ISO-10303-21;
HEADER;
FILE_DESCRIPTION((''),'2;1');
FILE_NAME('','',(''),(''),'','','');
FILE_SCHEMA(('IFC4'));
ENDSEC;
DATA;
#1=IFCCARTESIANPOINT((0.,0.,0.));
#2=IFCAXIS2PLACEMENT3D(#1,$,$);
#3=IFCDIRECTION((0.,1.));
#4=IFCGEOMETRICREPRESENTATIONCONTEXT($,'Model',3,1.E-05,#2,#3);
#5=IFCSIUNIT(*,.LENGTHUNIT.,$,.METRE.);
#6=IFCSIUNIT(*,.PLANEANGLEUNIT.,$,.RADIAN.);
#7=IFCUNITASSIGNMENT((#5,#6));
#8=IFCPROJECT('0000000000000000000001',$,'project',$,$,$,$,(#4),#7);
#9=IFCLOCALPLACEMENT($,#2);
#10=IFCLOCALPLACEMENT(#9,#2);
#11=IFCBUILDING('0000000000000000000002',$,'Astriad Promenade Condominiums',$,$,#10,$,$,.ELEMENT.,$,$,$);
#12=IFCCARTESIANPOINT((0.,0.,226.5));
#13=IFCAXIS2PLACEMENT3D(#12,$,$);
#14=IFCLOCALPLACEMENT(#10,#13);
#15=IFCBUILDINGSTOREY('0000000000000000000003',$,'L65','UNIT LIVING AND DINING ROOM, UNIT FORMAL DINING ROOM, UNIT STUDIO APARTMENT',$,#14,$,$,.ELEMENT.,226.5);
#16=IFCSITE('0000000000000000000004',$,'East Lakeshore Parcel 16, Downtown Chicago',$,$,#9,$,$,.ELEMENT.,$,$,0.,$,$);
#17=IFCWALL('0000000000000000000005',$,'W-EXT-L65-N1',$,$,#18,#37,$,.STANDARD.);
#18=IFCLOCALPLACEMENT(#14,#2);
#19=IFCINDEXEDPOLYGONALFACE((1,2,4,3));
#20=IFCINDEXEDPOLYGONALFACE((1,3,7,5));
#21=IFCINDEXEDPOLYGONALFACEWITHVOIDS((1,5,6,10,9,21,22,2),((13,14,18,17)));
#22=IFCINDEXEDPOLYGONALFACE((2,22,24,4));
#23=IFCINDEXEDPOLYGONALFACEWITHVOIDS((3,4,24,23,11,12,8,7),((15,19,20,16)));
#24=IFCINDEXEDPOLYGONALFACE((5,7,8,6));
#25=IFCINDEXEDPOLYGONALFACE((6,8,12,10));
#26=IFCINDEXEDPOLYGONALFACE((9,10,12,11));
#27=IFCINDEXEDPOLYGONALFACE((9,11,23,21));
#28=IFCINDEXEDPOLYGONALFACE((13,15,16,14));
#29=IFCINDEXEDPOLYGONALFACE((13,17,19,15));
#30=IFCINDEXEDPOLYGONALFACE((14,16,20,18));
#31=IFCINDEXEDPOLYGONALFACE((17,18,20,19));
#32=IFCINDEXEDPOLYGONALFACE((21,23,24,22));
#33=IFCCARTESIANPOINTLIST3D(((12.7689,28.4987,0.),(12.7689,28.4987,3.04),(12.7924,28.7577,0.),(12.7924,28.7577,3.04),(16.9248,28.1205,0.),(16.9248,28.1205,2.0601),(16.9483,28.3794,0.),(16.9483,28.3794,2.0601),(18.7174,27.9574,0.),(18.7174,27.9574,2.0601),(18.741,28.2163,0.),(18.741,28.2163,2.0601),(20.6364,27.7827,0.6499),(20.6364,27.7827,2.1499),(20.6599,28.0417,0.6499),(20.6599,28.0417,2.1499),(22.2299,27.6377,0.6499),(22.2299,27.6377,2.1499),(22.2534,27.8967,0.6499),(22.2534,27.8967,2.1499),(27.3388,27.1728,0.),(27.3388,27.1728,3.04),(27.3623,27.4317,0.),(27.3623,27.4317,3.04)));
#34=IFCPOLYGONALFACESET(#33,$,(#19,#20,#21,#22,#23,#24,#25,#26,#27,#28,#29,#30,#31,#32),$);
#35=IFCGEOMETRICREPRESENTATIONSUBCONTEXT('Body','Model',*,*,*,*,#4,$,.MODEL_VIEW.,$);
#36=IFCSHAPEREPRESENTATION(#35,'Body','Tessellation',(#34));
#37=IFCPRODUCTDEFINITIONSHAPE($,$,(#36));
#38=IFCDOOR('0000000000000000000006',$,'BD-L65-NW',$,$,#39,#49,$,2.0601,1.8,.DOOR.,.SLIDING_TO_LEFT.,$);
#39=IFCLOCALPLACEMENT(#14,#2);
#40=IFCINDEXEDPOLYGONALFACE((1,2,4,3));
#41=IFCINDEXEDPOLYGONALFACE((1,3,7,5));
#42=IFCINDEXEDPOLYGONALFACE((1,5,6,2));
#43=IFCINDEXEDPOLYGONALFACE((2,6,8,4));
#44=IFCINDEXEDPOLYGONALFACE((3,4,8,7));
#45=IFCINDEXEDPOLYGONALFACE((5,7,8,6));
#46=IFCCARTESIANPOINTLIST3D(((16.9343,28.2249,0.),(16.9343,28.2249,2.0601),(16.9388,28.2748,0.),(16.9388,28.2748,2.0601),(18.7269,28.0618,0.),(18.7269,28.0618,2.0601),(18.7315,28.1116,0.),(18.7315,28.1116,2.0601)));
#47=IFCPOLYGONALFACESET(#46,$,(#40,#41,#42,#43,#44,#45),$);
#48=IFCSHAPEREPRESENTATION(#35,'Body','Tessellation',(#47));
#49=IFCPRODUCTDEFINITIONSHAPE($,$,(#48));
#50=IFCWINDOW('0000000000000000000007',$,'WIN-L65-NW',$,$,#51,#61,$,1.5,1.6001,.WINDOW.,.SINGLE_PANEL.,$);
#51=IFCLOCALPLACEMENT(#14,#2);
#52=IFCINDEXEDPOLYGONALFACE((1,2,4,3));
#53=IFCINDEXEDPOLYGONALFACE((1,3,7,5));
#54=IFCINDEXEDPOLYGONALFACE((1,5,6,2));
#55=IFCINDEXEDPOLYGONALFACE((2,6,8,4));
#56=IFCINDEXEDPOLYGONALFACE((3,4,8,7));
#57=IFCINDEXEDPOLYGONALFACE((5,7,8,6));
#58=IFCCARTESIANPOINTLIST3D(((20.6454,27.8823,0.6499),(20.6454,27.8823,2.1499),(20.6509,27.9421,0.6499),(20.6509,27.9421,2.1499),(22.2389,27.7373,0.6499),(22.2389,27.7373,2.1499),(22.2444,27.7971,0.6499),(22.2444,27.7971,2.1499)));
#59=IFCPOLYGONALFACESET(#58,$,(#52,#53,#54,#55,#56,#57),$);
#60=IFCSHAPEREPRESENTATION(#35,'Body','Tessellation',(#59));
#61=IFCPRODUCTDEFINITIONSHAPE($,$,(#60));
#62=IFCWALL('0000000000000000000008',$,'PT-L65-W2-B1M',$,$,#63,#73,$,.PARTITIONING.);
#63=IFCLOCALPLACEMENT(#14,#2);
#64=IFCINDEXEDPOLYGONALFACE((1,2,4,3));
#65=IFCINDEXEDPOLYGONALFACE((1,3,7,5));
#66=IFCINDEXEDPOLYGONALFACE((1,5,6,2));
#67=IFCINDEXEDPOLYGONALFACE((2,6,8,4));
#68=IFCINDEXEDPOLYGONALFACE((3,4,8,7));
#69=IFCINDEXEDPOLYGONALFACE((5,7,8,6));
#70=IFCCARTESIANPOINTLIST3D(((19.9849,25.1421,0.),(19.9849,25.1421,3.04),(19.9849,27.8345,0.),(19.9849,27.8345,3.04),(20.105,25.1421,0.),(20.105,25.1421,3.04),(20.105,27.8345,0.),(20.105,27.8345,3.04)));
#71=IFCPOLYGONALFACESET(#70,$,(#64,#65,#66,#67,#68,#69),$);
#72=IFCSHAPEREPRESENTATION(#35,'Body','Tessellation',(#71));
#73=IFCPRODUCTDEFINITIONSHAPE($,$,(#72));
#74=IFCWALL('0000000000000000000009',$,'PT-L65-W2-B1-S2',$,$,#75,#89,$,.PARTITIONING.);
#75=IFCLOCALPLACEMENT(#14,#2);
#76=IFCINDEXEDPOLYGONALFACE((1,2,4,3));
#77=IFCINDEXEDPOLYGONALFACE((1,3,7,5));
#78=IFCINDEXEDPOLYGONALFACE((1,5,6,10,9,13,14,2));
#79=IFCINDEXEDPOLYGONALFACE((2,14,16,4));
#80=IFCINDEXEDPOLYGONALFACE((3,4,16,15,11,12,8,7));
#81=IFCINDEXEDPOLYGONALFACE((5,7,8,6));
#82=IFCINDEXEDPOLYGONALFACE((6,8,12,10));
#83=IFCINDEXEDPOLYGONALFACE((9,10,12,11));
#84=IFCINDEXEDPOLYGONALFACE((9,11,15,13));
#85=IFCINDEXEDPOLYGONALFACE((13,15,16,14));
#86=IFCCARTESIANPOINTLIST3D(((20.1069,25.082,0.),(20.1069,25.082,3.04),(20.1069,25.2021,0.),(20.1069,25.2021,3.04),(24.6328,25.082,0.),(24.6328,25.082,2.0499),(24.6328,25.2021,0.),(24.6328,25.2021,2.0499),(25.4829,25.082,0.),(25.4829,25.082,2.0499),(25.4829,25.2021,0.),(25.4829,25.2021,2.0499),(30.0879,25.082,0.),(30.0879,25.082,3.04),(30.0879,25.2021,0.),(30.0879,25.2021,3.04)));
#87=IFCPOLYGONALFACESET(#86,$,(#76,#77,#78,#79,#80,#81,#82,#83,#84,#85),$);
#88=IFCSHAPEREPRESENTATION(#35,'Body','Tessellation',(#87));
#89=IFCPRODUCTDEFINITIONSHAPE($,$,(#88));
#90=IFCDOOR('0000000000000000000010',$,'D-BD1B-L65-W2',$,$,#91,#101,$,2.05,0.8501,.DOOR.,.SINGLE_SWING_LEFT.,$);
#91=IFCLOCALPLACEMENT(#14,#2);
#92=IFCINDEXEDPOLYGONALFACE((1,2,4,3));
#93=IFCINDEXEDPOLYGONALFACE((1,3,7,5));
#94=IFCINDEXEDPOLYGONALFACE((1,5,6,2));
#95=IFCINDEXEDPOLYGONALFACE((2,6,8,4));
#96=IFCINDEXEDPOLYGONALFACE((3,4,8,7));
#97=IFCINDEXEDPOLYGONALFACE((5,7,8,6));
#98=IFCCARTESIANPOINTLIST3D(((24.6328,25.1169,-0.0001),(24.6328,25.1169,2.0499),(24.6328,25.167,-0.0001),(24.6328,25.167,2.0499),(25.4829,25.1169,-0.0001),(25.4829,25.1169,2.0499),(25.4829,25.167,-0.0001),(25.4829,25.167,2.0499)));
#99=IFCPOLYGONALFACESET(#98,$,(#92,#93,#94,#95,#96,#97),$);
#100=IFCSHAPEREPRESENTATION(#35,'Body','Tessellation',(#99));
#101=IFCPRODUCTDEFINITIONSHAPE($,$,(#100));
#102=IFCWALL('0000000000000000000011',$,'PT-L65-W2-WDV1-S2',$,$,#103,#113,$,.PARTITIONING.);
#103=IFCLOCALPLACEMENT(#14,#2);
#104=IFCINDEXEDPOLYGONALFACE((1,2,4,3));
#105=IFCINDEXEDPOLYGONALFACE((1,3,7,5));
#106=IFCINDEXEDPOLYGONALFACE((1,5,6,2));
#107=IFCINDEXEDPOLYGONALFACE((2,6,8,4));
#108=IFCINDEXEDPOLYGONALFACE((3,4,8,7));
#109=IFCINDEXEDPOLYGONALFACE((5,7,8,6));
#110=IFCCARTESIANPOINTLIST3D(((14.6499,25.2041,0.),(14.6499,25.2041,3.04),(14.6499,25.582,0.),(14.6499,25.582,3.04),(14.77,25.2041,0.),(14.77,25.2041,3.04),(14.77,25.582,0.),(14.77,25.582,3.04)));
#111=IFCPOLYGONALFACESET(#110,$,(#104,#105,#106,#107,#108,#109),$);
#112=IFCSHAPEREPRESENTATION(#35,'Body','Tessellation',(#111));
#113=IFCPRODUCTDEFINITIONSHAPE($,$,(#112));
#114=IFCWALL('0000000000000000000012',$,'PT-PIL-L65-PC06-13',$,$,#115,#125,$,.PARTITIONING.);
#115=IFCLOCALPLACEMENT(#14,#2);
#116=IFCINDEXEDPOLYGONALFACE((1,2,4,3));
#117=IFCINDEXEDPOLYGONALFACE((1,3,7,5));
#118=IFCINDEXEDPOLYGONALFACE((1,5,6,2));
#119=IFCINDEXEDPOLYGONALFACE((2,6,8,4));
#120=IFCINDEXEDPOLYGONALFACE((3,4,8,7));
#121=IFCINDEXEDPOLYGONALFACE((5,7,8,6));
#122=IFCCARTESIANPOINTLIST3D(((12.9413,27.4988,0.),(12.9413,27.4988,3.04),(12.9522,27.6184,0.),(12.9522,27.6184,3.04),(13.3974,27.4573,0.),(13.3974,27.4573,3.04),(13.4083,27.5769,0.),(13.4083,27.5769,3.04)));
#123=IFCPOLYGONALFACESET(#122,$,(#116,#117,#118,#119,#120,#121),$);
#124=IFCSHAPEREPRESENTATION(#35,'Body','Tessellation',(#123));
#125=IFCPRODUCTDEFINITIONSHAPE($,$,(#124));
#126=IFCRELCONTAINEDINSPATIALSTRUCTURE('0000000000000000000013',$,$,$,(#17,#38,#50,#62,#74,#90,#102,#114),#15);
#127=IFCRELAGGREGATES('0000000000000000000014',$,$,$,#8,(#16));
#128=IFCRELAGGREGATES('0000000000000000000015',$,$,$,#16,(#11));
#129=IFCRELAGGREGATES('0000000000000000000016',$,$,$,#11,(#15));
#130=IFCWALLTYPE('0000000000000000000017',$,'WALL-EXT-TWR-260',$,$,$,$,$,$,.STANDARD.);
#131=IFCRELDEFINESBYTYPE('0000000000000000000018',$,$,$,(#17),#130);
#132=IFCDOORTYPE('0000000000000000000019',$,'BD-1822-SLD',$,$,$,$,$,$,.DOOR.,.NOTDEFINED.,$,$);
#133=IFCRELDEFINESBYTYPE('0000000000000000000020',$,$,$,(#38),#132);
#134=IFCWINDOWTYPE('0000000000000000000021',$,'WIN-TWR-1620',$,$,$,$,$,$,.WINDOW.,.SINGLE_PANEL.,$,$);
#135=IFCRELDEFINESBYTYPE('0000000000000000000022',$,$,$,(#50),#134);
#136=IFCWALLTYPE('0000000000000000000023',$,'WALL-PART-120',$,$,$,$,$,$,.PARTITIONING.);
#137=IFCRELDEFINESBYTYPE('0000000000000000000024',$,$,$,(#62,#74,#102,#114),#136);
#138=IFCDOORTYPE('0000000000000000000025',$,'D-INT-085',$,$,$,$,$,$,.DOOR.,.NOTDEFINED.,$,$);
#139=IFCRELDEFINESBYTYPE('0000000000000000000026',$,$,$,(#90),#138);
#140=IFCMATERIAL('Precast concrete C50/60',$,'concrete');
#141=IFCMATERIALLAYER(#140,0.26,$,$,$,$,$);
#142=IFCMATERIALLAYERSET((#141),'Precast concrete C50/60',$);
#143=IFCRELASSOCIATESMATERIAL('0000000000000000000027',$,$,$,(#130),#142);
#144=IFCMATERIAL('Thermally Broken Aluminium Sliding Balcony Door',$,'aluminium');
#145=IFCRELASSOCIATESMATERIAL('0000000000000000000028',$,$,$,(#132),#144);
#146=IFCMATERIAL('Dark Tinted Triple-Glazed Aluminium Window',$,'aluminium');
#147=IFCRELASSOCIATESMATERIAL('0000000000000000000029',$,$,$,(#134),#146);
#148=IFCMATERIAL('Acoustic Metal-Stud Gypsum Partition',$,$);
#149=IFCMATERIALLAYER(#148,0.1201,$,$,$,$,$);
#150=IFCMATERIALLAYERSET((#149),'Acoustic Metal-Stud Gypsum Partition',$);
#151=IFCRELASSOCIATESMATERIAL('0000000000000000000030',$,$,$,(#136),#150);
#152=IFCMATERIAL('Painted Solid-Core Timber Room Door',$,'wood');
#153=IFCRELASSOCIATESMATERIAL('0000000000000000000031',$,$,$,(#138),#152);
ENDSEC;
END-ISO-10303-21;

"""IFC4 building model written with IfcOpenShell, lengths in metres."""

from ifc_helpers import new_model, si_unit, direction, frame, frame_2d, origin, place, context, subcontext, project, spatial, rectangle, extrude, source, transform, mapped, material, layer, layer_set, type_object, type_shapes, element, fill, save


model = new_model("IFC4")

# Units and contexts
model_context = context("Model", 3, precision=1e-05, world=origin(), true_north=direction((0.0, 1.0)))
body_context = subcontext(model_context, "Body", "Model", "MODEL_VIEW")
ifc_project = project(units=[si_unit("LENGTHUNIT", "METRE"), si_unit("PLANEANGLEUNIT", "RADIAN")], contexts=[model_context])

# Site, building, storey
site_placement = place(None, origin())
site = spatial("IfcSite", under=ifc_project, at=site_placement, Name="East Lakeshore Parcel 16, Downtown Chicago", CompositionType="ELEMENT", RefElevation=0.0)
building_placement = place(site_placement, origin())
building = spatial("IfcBuilding", under=site, at=building_placement, Name="Astriad Promenade Condominiums", CompositionType="ELEMENT")
storey_placement = place(building_placement, frame((0.0, 0.0, 226.5)))
storey = spatial("IfcBuildingStorey", under=building, at=storey_placement, Name="L65", Description="UNIT LIVING AND DINING ROOM, UNIT FORMAL DINING ROOM, UNIT STUDIO APARTMENT", CompositionType="ELEMENT", Elevation=226.5)

# Shared definitions
ifc_material_1 = material(Name="Precast concrete C50/60", Category="concrete")
ifc_layer_1 = layer(ifc_material_1, 0.26)
ifc_layer_set_1 = layer_set([ifc_layer_1], Name="Precast concrete C50/60")
wall_type_1 = type_object("IfcWallType", Name="WALL-EXT-TWR-260", PredefinedType="STANDARD", material=ifc_layer_set_1)

# Wall, openings, door, window
wall_1_placement = place(storey_placement, frame((12.7808, 28.6282, 0.0), z_axis=(0.0, 0.0, 1.0), x_axis=(0.995885, -0.090631, 0.0)))
wall_1 = element("IfcWall", 1, at=wall_1_placement, inside=storey, type_object=wall_type_1, Name="W-EXT-L65-N1", PredefinedType="STANDARD", context=body_context, shape_type="SweptSolid", body=[
    extrude(rectangle(XDim=14.6301, YDim=0.26, at=frame_2d((7.3149, 0.0))), origin(), (0.0, 0.0, 1.0), 3.04),
])
opening_1_placement = place(wall_1_placement, frame((4.1731, 0.0, 0.0)))
opening_1 = element("IfcOpeningElement", 2, at=opening_1_placement, cuts=wall_1, PredefinedType="OPENING", context=body_context, shape_type="SweptSolid", body=[
    extrude(rectangle(XDim=1.8, YDim=2.0601, at=frame_2d((0.8999, 1.03))), frame((0.0, 0.1399, 0.0), z_axis=(0.0, -1.0, 0.0), x_axis=(1.0, 0.0, 0.0)), (0.0, 0.0, 1.0), 0.28),
])
opening_2_placement = place(wall_1_placement, frame((7.8999, 0.0, 0.6499)))
opening_2 = element("IfcOpeningElement", 3, at=opening_2_placement, cuts=wall_1, PredefinedType="OPENING", context=body_context, shape_type="SweptSolid", body=[
    extrude(rectangle(XDim=1.6001, YDim=1.5, at=frame_2d((0.8, 0.75))), frame((0.0, 0.1399, 0.0), z_axis=(0.0, -1.0, 0.0), x_axis=(1.0, 0.0, 0.0)), (0.0, 0.0, 1.0), 0.28),
])
ifc_material_2 = material(Name="Thermally Broken Aluminium Sliding Balcony Door", Category="aluminium")
door_type_1 = type_object("IfcDoorType", Name="BD-1822-SLD", OperationType="NOTDEFINED", PredefinedType="DOOR", material=ifc_material_2)
shared_shape_1 = source(origin(), body_context, "Body", "SweptSolid", [
    extrude(rectangle(XDim=1.8, YDim=2.0601, at=frame_2d((0.8999, 1.03))), frame((0.0, 0.0249, 0.0), z_axis=(0.0, -1.0, 0.0), x_axis=(1.0, 0.0, 0.0)), (0.0, 0.0, 1.0), 0.05),
])
type_shapes(door_type_1, [shared_shape_1])
door_1_placement = place(opening_1_placement, origin())
door_1 = element("IfcDoor", 4, at=door_1_placement, inside=storey, type_object=door_type_1, Name="BD-L65-NW", OperationType="SLIDING_TO_LEFT", OverallHeight=2.0601, OverallWidth=1.8, PredefinedType="DOOR", context=body_context, shape_type="MappedRepresentation", body=[
    mapped(shared_shape_1, transform((0.0, 0.0, 0.0), scale=1.0)),
])
fill(opening_1, door_1)
ifc_material_3 = material(Name="Dark Tinted Triple-Glazed Aluminium Window", Category="aluminium")
window_type = type_object("IfcWindowType", Name="WIN-TWR-1620", PartitioningType="SINGLE_PANEL", PredefinedType="WINDOW", material=ifc_material_3)
shared_shape_2 = source(origin(), body_context, "Body", "SweptSolid", [
    extrude(rectangle(XDim=1.6001, YDim=1.5, at=frame_2d((0.8, 0.75))), frame((0.0, 0.03, 0.0), z_axis=(0.0, -1.0, 0.0), x_axis=(1.0, 0.0, 0.0)), (0.0, 0.0, 1.0), 0.0601),
])
type_shapes(window_type, [shared_shape_2])
window_placement = place(opening_2_placement, origin())
window = element("IfcWindow", 5, at=window_placement, inside=storey, type_object=window_type, Name="WIN-L65-NW", OverallHeight=1.5, OverallWidth=1.6001, PartitioningType="SINGLE_PANEL", PredefinedType="WINDOW", context=body_context, shape_type="MappedRepresentation", body=[
    mapped(shared_shape_2, transform((0.0, 0.0, 0.0), scale=1.0)),
])
fill(opening_2, window)

# Wall
ifc_material_4 = material(Name="Acoustic Metal-Stud Gypsum Partition")
ifc_layer_2 = layer(ifc_material_4, 0.1201)
ifc_layer_set_2 = layer_set([ifc_layer_2], Name="Acoustic Metal-Stud Gypsum Partition")
wall_type_2 = type_object("IfcWallType", Name="WALL-PART-120", PredefinedType="PARTITIONING", material=ifc_layer_set_2)
wall_2_placement = place(storey_placement, frame((20.0449, 25.1421, 0.0), z_axis=(0.0, 0.0, 1.0), x_axis=(0.0, 1.0, 0.0)))
element("IfcWall", 6, at=wall_2_placement, inside=storey, type_object=wall_type_2, Name="PT-L65-W2-B1M", PredefinedType="PARTITIONING", context=body_context, shape_type="SweptSolid", body=[
    extrude(rectangle(XDim=2.6924, YDim=0.1201, at=frame_2d((1.3462, 0.0))), origin(), (0.0, 0.0, 1.0), 3.04),
])

# Wall, opening, door
wall_3_placement = place(storey_placement, frame((20.1069, 25.1421, 0.0), z_axis=(0.0, 0.0, 1.0), x_axis=(1.0, 0.0, 0.0)))
wall_3 = element("IfcWall", 7, at=wall_3_placement, inside=storey, type_object=wall_type_2, Name="PT-L65-W2-B1-S2", PredefinedType="PARTITIONING", context=body_context, shape_type="SweptSolid", body=[
    extrude(rectangle(XDim=9.981, YDim=0.1201, at=frame_2d((4.9905, 0.0))), origin(), (0.0, 0.0, 1.0), 3.04),
])
opening_3_placement = place(wall_3_placement, frame((4.5259, 0.0, 0.0)))
opening_3 = element("IfcOpeningElement", 8, at=opening_3_placement, cuts=wall_3, PredefinedType="OPENING", context=body_context, shape_type="SweptSolid", body=[
    extrude(rectangle(XDim=0.8501, YDim=2.05, at=frame_2d((0.425, 1.0249))), frame((0.0, 0.0701, 0.0), z_axis=(0.0, -1.0, 0.0), x_axis=(1.0, 0.0, 0.0)), (0.0, 0.0, 1.0), 0.1401),
])
ifc_material_5 = material(Name="Painted Solid-Core Timber Room Door", Category="wood")
door_type_2 = type_object("IfcDoorType", Name="D-INT-085", OperationType="NOTDEFINED", PredefinedType="DOOR", material=ifc_material_5)
shared_shape_3 = source(origin(), body_context, "Body", "SweptSolid", [
    extrude(rectangle(XDim=0.8501, YDim=2.05, at=frame_2d((0.425, 1.0249))), frame((0.0, 0.0249, 0.0), z_axis=(0.0, -1.0, 0.0), x_axis=(1.0, 0.0, 0.0)), (0.0, 0.0, 1.0), 0.05),
])
type_shapes(door_type_2, [shared_shape_3])
door_2_placement = place(opening_3_placement, origin())
door_2 = element("IfcDoor", 9, at=door_2_placement, inside=storey, type_object=door_type_2, Name="D-BD1B-L65-W2", OperationType="SINGLE_SWING_LEFT", OverallHeight=2.05, OverallWidth=0.8501, PredefinedType="DOOR", context=body_context, shape_type="MappedRepresentation", body=[
    mapped(shared_shape_3, transform((0.0, 0.0, 0.0), scale=1.0)),
])
fill(opening_3, door_2)

# Walls
wall_4_placement = place(storey_placement, frame((14.71, 25.2041, 0.0), z_axis=(0.0, 0.0, 1.0), x_axis=(0.0, 1.0, 0.0)))
element("IfcWall", 10, at=wall_4_placement, inside=storey, type_object=wall_type_2, Name="PT-L65-W2-WDV1-S2", PredefinedType="PARTITIONING", context=body_context, shape_type="SweptSolid", body=[
    extrude(rectangle(XDim=0.3779, YDim=0.1201, at=frame_2d((0.189, 0.0))), origin(), (0.0, 0.0, 1.0), 3.04),
])
wall_5_placement = place(storey_placement, frame((13.4028, 27.5171, 0.0), z_axis=(0.0, 0.0, 1.0), x_axis=(-0.995884, 0.090632, 0.0)))
element("IfcWall", 11, at=wall_5_placement, inside=storey, type_object=wall_type_2, Name="PT-PIL-L65-PC06-13", PredefinedType="PARTITIONING", context=body_context, shape_type="SweptSolid", body=[
    extrude(rectangle(XDim=0.458, YDim=0.1201, at=frame_2d((0.229, 0.0))), origin(), (0.0, 0.0, 1.0), 3.04),
])

save(model, "model.ifc")
